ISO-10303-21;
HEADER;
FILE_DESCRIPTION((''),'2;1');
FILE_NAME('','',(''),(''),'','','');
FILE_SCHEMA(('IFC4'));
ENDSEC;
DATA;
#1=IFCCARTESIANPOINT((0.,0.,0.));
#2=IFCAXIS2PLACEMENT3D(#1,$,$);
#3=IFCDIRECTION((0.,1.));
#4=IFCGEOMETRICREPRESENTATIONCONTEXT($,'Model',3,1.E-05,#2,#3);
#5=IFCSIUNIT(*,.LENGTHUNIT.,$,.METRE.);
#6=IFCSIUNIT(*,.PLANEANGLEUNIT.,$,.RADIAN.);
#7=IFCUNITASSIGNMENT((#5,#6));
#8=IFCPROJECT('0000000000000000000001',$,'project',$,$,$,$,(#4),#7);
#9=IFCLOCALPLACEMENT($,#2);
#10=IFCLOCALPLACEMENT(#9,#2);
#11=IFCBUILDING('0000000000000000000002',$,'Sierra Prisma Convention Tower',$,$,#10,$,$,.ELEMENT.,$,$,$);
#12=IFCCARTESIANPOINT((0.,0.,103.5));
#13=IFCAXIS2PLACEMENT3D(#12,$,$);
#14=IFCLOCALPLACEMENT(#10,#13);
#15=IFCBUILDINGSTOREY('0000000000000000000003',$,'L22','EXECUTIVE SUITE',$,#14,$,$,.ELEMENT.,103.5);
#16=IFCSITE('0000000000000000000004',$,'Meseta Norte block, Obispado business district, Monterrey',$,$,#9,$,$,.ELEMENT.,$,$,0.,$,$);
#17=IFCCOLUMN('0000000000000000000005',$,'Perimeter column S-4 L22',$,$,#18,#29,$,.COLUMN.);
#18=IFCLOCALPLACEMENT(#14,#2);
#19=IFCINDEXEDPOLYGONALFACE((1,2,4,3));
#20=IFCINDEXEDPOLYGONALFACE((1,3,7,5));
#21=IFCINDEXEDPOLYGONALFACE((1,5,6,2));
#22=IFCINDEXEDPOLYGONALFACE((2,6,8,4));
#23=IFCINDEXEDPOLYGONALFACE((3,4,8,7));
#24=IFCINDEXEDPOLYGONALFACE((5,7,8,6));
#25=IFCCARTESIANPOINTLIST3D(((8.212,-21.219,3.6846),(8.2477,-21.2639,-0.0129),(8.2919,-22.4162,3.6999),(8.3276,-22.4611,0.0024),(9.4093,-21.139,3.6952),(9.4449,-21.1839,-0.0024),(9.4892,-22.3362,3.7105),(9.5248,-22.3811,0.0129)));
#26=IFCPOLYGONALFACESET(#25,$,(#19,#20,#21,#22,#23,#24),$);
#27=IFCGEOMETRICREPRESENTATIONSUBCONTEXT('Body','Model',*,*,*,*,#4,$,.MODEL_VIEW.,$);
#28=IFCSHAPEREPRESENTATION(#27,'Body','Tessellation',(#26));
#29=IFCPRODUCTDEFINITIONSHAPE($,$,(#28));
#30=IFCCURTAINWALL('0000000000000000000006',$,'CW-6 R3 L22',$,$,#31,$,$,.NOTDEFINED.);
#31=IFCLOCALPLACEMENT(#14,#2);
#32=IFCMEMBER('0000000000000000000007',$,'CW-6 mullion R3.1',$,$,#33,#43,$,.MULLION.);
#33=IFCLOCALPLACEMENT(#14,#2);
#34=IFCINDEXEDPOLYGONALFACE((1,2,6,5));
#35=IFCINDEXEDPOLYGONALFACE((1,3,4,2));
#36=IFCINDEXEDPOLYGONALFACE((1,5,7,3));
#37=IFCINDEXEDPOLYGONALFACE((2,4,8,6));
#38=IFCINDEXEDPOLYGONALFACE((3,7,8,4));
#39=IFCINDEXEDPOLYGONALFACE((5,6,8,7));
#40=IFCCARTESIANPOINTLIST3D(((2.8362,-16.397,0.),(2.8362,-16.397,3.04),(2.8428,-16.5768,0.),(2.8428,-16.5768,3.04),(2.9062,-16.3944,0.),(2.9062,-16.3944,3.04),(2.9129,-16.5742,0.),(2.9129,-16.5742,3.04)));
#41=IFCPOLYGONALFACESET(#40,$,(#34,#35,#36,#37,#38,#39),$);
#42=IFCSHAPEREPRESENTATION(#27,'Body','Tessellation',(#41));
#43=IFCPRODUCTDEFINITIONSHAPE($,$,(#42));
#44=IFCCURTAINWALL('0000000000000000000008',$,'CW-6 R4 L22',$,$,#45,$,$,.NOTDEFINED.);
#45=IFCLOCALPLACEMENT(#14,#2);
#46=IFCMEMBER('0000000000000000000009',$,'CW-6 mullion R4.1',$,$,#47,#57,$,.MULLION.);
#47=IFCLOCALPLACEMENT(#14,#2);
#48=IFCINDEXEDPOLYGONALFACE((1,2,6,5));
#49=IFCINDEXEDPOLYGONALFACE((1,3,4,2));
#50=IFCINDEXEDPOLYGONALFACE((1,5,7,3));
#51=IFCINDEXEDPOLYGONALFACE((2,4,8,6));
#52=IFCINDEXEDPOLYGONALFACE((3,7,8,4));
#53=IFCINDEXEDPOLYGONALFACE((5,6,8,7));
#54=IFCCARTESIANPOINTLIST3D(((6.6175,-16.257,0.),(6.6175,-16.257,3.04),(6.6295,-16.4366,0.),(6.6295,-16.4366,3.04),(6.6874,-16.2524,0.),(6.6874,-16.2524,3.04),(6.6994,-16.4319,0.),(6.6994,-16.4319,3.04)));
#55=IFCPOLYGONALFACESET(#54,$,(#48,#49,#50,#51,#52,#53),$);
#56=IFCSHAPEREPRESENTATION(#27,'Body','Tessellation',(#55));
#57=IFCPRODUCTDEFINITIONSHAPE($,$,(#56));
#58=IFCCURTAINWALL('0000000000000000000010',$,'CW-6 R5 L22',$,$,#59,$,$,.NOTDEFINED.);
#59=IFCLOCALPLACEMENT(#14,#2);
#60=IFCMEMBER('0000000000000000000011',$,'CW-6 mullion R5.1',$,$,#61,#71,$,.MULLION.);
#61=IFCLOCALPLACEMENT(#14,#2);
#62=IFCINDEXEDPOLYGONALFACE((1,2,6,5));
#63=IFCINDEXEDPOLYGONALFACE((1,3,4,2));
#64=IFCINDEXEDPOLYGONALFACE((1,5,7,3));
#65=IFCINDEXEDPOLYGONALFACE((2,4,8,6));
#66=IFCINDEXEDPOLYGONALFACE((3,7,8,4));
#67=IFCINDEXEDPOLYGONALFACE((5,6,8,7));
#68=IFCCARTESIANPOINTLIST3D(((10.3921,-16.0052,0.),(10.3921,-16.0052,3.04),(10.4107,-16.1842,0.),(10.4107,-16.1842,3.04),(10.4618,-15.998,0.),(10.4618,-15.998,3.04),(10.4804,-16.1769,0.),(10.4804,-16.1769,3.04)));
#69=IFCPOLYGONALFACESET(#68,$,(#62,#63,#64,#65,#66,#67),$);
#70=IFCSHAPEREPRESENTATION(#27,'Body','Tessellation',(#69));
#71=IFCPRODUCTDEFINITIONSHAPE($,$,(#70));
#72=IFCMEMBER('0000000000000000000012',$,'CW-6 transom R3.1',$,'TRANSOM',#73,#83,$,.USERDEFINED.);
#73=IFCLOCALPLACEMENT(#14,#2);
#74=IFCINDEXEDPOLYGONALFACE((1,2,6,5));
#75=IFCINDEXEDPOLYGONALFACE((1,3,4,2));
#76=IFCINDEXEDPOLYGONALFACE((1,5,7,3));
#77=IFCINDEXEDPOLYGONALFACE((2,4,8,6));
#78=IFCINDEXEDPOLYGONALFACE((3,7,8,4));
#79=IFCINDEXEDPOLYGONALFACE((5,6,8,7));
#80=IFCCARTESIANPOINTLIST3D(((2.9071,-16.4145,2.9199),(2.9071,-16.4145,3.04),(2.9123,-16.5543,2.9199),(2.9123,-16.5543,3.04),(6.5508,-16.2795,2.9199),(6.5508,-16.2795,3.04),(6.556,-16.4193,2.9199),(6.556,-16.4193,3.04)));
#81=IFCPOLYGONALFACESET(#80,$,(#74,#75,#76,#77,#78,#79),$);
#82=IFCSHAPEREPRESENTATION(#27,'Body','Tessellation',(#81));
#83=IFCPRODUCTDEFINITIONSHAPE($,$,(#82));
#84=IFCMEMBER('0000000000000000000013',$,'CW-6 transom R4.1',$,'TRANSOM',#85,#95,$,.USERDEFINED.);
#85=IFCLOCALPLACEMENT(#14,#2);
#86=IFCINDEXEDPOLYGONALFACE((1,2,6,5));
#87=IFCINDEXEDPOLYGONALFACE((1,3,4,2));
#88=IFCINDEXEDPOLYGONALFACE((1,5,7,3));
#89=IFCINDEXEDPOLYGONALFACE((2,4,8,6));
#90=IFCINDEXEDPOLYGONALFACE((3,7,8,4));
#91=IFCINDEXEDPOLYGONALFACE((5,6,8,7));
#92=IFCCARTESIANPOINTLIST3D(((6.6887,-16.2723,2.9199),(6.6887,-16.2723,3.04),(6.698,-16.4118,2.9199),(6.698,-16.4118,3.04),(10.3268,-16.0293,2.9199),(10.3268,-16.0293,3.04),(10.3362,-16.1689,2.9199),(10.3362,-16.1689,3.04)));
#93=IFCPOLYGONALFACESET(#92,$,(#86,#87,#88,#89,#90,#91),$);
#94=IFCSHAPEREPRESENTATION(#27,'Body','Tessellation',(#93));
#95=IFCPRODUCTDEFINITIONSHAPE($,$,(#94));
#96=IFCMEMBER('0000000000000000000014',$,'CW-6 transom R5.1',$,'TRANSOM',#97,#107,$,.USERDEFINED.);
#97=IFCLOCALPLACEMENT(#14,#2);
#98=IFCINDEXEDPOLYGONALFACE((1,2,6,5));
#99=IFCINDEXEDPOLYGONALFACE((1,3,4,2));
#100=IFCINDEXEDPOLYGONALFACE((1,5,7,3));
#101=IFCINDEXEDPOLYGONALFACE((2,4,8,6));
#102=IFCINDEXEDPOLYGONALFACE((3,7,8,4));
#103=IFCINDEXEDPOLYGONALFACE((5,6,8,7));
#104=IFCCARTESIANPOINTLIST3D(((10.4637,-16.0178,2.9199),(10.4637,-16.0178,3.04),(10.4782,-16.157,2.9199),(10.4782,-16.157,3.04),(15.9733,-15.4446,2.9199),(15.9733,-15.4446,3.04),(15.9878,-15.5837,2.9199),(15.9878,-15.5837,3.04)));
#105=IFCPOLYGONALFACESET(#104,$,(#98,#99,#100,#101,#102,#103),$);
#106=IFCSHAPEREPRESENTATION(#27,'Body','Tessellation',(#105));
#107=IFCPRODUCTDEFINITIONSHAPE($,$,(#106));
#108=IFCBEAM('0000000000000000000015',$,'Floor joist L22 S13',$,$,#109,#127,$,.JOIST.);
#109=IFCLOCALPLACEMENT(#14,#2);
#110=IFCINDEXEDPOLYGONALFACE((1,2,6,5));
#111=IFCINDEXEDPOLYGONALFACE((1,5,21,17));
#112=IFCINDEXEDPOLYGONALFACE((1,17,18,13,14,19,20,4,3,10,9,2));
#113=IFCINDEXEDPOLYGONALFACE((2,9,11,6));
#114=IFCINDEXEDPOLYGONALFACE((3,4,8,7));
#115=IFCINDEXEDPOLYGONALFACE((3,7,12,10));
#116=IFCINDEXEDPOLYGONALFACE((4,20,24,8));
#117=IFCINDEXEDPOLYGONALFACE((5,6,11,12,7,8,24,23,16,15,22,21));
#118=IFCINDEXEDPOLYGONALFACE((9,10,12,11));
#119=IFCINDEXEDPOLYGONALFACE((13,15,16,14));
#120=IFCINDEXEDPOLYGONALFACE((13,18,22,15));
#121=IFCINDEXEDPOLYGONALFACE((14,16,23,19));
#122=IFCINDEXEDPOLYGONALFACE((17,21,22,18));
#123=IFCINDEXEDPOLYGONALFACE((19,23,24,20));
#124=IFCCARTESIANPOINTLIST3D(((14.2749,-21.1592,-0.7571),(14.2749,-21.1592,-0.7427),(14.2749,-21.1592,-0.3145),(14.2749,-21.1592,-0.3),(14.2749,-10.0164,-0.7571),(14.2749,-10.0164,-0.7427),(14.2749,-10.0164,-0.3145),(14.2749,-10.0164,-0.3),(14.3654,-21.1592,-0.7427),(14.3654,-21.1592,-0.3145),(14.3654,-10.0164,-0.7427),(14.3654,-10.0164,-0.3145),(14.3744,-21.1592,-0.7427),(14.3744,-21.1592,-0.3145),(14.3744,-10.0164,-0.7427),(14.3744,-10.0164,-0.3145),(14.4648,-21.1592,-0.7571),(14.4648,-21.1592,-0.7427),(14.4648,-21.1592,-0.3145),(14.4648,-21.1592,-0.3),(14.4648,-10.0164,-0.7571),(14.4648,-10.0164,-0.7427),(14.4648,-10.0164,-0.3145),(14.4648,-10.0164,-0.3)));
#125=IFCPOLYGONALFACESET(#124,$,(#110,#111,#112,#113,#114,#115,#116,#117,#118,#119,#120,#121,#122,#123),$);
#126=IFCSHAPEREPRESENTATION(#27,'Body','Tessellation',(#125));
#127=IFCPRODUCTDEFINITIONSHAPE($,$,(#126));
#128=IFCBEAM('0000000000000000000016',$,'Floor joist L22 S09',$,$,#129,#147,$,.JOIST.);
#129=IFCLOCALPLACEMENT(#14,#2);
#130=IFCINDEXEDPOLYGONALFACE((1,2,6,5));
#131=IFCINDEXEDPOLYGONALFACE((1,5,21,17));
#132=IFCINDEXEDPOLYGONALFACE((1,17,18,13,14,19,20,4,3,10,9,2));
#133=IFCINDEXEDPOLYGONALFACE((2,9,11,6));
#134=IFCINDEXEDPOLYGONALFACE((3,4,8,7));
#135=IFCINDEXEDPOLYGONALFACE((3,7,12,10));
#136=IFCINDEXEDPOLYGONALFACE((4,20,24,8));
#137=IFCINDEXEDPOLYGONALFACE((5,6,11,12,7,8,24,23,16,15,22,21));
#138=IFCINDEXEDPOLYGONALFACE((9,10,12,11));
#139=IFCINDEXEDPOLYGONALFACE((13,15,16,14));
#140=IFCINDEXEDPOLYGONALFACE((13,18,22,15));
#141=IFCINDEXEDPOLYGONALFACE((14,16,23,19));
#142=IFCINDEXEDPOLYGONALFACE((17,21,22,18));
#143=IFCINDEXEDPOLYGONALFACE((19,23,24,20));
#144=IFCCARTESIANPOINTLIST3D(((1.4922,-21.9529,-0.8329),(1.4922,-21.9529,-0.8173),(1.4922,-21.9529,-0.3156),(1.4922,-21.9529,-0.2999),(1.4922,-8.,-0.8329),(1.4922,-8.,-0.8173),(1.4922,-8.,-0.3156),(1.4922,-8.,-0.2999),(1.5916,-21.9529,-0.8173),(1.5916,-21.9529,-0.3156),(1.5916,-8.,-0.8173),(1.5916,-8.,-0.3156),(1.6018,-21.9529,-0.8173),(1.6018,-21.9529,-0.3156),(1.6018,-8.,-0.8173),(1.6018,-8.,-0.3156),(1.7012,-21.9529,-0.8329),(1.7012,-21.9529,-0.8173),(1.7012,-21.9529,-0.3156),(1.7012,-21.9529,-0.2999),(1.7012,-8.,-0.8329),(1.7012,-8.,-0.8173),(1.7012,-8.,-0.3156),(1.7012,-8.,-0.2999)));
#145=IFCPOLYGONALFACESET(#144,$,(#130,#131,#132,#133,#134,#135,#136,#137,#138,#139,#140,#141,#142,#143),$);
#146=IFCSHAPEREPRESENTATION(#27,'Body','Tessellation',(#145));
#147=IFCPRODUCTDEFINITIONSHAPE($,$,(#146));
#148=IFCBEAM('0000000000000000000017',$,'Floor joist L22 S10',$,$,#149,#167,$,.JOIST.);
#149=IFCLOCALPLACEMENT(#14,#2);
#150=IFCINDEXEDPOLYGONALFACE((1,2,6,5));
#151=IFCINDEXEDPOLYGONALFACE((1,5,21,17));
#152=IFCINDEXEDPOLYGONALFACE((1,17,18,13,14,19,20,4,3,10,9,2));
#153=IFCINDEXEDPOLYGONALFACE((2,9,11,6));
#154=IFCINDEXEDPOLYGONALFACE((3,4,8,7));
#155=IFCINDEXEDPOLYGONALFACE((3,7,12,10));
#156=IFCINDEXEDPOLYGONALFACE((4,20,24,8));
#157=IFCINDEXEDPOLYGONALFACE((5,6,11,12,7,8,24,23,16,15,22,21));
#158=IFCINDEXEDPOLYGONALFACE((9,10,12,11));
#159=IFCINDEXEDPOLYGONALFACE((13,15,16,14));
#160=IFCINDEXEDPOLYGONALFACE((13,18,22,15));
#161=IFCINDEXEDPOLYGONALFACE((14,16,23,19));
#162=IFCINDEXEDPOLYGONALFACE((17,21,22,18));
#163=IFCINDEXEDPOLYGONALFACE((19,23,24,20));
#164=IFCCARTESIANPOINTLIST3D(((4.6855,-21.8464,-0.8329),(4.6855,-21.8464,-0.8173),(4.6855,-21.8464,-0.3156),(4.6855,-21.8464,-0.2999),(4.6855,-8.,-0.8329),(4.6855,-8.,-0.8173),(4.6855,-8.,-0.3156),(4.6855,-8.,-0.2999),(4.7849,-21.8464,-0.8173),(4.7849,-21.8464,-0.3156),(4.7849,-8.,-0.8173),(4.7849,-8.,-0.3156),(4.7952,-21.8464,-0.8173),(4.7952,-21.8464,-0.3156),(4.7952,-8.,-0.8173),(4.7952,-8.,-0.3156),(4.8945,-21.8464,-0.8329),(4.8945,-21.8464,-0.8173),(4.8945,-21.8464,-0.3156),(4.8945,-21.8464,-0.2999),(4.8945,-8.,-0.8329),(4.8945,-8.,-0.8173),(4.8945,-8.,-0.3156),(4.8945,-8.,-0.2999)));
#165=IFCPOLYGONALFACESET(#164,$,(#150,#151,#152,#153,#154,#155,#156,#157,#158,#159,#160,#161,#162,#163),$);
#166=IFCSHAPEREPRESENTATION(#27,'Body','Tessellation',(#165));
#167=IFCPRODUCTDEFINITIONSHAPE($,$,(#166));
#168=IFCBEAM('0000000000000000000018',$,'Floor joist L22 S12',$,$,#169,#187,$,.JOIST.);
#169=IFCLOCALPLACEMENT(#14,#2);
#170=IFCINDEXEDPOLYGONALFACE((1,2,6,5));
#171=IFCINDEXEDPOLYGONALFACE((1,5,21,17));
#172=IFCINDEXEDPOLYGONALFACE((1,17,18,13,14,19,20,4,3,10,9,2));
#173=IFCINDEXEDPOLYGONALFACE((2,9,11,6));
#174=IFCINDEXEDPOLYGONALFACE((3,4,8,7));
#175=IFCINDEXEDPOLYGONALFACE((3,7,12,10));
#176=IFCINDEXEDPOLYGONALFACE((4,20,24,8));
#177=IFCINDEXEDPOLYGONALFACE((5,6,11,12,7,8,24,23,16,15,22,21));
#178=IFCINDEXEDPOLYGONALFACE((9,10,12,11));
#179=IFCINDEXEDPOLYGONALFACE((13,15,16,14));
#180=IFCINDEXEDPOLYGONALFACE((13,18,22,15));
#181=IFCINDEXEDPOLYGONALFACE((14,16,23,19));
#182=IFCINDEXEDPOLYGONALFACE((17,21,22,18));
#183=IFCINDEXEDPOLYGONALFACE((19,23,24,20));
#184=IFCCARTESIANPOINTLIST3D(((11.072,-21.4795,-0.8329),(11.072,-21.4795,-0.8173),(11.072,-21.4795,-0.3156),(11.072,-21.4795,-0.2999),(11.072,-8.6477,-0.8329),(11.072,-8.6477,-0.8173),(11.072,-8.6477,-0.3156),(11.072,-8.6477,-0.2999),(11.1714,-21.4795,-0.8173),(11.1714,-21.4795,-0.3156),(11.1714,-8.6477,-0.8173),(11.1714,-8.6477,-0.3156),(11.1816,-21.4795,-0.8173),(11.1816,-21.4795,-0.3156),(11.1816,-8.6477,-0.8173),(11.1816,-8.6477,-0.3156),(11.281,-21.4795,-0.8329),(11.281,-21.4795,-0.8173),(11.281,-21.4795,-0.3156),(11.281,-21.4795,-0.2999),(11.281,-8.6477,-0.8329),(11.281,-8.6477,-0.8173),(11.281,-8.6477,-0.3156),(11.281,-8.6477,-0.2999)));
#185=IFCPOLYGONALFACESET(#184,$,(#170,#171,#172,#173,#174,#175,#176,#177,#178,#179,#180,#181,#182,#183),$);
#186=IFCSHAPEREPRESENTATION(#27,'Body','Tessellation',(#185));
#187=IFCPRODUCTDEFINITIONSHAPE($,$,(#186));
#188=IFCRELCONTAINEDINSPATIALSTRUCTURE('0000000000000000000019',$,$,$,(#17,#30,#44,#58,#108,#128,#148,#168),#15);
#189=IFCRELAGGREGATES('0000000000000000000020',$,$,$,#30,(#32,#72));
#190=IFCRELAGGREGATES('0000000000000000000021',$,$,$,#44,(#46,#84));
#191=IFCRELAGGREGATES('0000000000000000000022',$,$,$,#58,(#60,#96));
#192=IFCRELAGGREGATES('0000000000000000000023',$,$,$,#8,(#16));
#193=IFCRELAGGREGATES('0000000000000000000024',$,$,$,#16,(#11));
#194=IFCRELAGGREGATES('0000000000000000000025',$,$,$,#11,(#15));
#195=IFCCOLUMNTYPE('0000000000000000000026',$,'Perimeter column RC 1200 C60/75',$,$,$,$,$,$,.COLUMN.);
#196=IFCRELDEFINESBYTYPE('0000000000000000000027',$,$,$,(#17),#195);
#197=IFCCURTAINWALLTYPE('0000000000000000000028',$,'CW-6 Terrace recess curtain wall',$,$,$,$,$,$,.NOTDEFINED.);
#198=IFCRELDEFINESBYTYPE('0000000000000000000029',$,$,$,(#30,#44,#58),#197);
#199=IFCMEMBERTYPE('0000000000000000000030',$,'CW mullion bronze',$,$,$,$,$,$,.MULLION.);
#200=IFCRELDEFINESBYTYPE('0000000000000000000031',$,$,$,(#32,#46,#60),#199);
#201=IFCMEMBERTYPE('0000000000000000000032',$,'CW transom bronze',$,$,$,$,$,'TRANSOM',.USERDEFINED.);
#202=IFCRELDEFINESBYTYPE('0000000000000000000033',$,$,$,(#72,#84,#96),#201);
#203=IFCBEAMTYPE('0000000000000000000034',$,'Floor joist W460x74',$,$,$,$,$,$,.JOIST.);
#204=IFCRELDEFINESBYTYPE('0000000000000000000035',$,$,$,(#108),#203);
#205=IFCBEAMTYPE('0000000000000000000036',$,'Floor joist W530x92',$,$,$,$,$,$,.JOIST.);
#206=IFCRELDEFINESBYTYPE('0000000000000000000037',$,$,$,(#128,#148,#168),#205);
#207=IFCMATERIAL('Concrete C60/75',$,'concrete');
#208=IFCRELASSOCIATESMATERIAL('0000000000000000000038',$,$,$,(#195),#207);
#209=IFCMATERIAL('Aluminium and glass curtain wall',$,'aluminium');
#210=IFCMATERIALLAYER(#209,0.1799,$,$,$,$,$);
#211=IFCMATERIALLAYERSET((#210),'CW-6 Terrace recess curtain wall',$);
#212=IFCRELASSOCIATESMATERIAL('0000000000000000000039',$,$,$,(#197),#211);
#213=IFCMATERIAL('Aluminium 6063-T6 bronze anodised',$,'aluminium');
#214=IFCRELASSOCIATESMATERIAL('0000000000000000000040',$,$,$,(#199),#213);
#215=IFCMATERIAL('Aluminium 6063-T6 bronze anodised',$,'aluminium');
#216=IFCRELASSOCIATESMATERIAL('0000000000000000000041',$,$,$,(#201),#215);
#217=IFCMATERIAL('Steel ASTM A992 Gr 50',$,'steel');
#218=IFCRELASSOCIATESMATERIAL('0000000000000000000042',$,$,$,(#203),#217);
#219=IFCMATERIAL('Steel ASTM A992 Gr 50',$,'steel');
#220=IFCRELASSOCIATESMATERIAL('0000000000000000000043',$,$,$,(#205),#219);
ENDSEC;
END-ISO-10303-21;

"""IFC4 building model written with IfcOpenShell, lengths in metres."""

from ifc_helpers import new_model, si_unit, direction, frame, origin, origin_2d, place, context, subcontext, project, spatial, rectangle, i_section, extrude, clip, halfspace, material, layer, layer_set, material_profile, profile_set, type_object, element, aggregate, save


model = new_model("IFC4")

# Units and contexts
model_context = context("Model", 3, precision=1e-05, world=origin(), true_north=direction((0.0, 1.0)))
body_context = subcontext(model_context, "Body", "Model", "MODEL_VIEW")
ifc_project = project(units=[si_unit("LENGTHUNIT", "METRE"), si_unit("PLANEANGLEUNIT", "RADIAN")], contexts=[model_context])

# Site, building, storey
site_placement = place(None, origin())
site = spatial("IfcSite", under=ifc_project, at=site_placement, Name="Meseta Norte block, Obispado business district, Monterrey", CompositionType="ELEMENT", RefElevation=0.0)
building_placement = place(site_placement, origin())
building = spatial("IfcBuilding", under=site, at=building_placement, Name="Sierra Prisma Convention Tower", CompositionType="ELEMENT")
storey_placement = place(building_placement, frame((0.0, 0.0, 103.5)))
storey = spatial("IfcBuildingStorey", under=building, at=storey_placement, Name="L22", Description="EXECUTIVE SUITE", CompositionType="ELEMENT", Elevation=103.5)

# Column
ifc_material_1 = material(Name="Concrete C60/75", Category="concrete")
ifc_material_profile_1 = material_profile(ifc_material_1, rectangle(XDim=1.2, YDim=1.2, at=origin_2d()), Name="Perimeter column RC 1200 C60/75")
ifc_profile_set_1 = profile_set([ifc_material_profile_1], Name="Concrete C60/75")
column_type = type_object("IfcColumnType", Name="Perimeter column RC 1200 C60/75", PredefinedType="COLUMN", material=ifc_profile_set_1)
column_placement = place(storey_placement, frame((8.8862, -21.8225, 0.0), z_axis=(-0.009633, 0.01214, 0.99988), x_axis=(0.997734, 0.066703, 0.008802)))
element("IfcColumn", 1, at=column_placement, inside=storey, type_object=column_type, Name="Perimeter column S-4 L22", PredefinedType="COLUMN", context=body_context, shape_type="SweptSolid", body=[
    clip(extrude(rectangle(XDim=1.2, YDim=1.2, at=origin_2d()), origin(), (0.0, 0.0, 1.0), 3.7004), halfspace(frame((0.0, 0.0, 3.698)), False)),
])

# Curtain walls, members
ifc_material_2 = material(Name="Aluminium and glass curtain wall", Category="aluminium")
ifc_layer_1 = layer(ifc_material_2, 0.1799)
ifc_layer_set_1 = layer_set([ifc_layer_1], Name="CW-6 Terrace recess curtain wall")
curtain_wall_type = type_object("IfcCurtainWallType", Name="CW-6 Terrace recess curtain wall", PredefinedType="NOTDEFINED", material=ifc_layer_set_1)
curtain_wall_1_placement = place(storey_placement, origin())
curtain_wall_1 = element("IfcCurtainWall", 2, at=curtain_wall_1_placement, inside=storey, type_object=curtain_wall_type, Name="CW-6 R3 L22", PredefinedType="NOTDEFINED")
ifc_material_3 = material(Name="Aluminium 6063-T6 bronze anodised", Category="aluminium")
ifc_material_profile_2 = material_profile(ifc_material_3, rectangle(XDim=0.1799, YDim=0.0701, at=origin_2d()), Name="ALU MULLION 70x180")
ifc_profile_set_2 = profile_set([ifc_material_profile_2], Name="Aluminium 6063-T6 bronze anodised")
member_type_1 = type_object("IfcMemberType", Name="CW mullion bronze", PredefinedType="MULLION", material=ifc_profile_set_2)
member_1_placement = place(storey_placement, frame((2.8745, -16.4856, 0.0), z_axis=(0.0, 0.0, 1.0), x_axis=(-0.037013, 0.999315, 0.0)))
member_1 = element("IfcMember", 3, at=member_1_placement, type_object=member_type_1, Name="CW-6 mullion R3.1", PredefinedType="MULLION", context=body_context, shape_type="SweptSolid", body=[
    extrude(rectangle(XDim=0.1799, YDim=0.0701, at=origin_2d()), origin(), (0.0, 0.0, 1.0), 3.04),
])
curtain_wall_2_placement = place(storey_placement, origin())
curtain_wall_2 = element("IfcCurtainWall", 4, at=curtain_wall_2_placement, inside=storey, type_object=curtain_wall_type, Name="CW-6 R4 L22", PredefinedType="NOTDEFINED")
member_2_placement = place(storey_placement, frame((6.6584, -16.3445, 0.0), z_axis=(0.0, 0.0, 1.0), x_axis=(-0.06659, 0.99778, 0.0)))
member_2 = element("IfcMember", 5, at=member_2_placement, type_object=member_type_1, Name="CW-6 mullion R4.1", PredefinedType="MULLION", context=body_context, shape_type="SweptSolid", body=[
    extrude(rectangle(XDim=0.1799, YDim=0.0701, at=origin_2d()), origin(), (0.0, 0.0, 1.0), 3.04),
])
curtain_wall_3_placement = place(storey_placement, origin())
curtain_wall_3 = element("IfcCurtainWall", 6, at=curtain_wall_3_placement, inside=storey, type_object=curtain_wall_type, Name="CW-6 R5 L22", PredefinedType="NOTDEFINED")
member_3_placement = place(storey_placement, frame((10.4363, -16.0911, 0.0), z_axis=(0.0, 0.0, 1.0), x_axis=(-0.103476, 0.994632, 0.0)))
member_3 = element("IfcMember", 7, at=member_3_placement, type_object=member_type_1, Name="CW-6 mullion R5.1", PredefinedType="MULLION", context=body_context, shape_type="SweptSolid", body=[
    extrude(rectangle(XDim=0.1799, YDim=0.0701, at=origin_2d()), origin(), (0.0, 0.0, 1.0), 3.04),
])

# Members
ifc_material_4 = material(Name="Aluminium 6063-T6 bronze anodised", Category="aluminium")
ifc_material_profile_3 = material_profile(ifc_material_4, rectangle(XDim=0.1399, YDim=0.1201, at=origin_2d()), Name="ALU TRANSOM 120x140")
ifc_profile_set_3 = profile_set([ifc_material_profile_3], Name="Aluminium 6063-T6 bronze anodised")
member_type_2 = type_object("IfcMemberType", Name="CW transom bronze", ElementType="TRANSOM", PredefinedType="USERDEFINED", material=ifc_profile_set_3)
member_4_placement = place(storey_placement, frame((2.9097, -16.4844, 2.98), z_axis=(0.999314, 0.037027, 0.0), x_axis=(-0.037027, 0.999314, 0.0)))
member_4 = element("IfcMember", 8, at=member_4_placement, type_object=member_type_2, Name="CW-6 transom R3.1", ObjectType="TRANSOM", PredefinedType="USERDEFINED", context=body_context, shape_type="SweptSolid", body=[
    extrude(rectangle(XDim=0.1399, YDim=0.1201, at=origin_2d()), origin(), (0.0, 0.0, 1.0), 3.6462),
])
member_5_placement = place(storey_placement, frame((6.6934, -16.342, 2.98), z_axis=(0.997778, 0.066621, 0.0), x_axis=(-0.066621, 0.997778, 0.0)))
member_5 = element("IfcMember", 9, at=member_5_placement, type_object=member_type_2, Name="CW-6 transom R4.1", ObjectType="TRANSOM", PredefinedType="USERDEFINED", context=body_context, shape_type="SweptSolid", body=[
    extrude(rectangle(XDim=0.1399, YDim=0.1201, at=origin_2d()), origin(), (0.0, 0.0, 1.0), 3.6462),
])
member_6_placement = place(storey_placement, frame((10.4709, -16.0874, 2.98), z_axis=(0.994631, 0.103487, 0.0), x_axis=(-0.103487, 0.994631, 0.0)))
member_6 = element("IfcMember", 10, at=member_6_placement, type_object=member_type_2, Name="CW-6 transom R5.1", ObjectType="TRANSOM", PredefinedType="USERDEFINED", context=body_context, shape_type="SweptSolid", body=[
    extrude(rectangle(XDim=0.1399, YDim=0.1201, at=origin_2d()), origin(), (0.0, 0.0, 1.0), 5.5393),
])

# Beams
ifc_material_5 = material(Name="Steel ASTM A992 Gr 50", Category="steel")
ifc_material_profile_4 = material_profile(ifc_material_5, i_section(OverallWidth=0.1899, OverallDepth=0.457, WebThickness=0.009, FlangeThickness=0.0144, at=origin_2d()), Name="W460x74")
ifc_profile_set_4 = profile_set([ifc_material_profile_4], Name="Steel ASTM A992 Gr 50")
beam_type_1 = type_object("IfcBeamType", Name="Floor joist W460x74", PredefinedType="JOIST", material=ifc_profile_set_4)
beam_1_placement = place(storey_placement, frame((14.3699, -21.1592, -0.5286), z_axis=(0.0, 1.0, 0.0), x_axis=(-1.0, 0.0, 0.0)))
element("IfcBeam", 11, at=beam_1_placement, inside=storey, type_object=beam_type_1, Name="Floor joist L22 S13", PredefinedType="JOIST", context=body_context, shape_type="SweptSolid", body=[
    extrude(i_section(OverallWidth=0.1899, OverallDepth=0.457, WebThickness=0.009, FlangeThickness=0.0144, at=origin_2d()), origin(), (0.0, 0.0, 1.0), 11.1428),
])
ifc_material_6 = material(Name="Steel ASTM A992 Gr 50", Category="steel")
ifc_material_profile_5 = material_profile(ifc_material_6, i_section(OverallWidth=0.209, OverallDepth=0.533, WebThickness=0.0103, FlangeThickness=0.0156, at=origin_2d()), Name="W530x92")
ifc_profile_set_5 = profile_set([ifc_material_profile_5], Name="Steel ASTM A992 Gr 50")
beam_type_2 = type_object("IfcBeamType", Name="Floor joist W530x92", PredefinedType="JOIST", material=ifc_profile_set_5)
beam_2_placement = place(storey_placement, frame((1.5967, -21.9529, -0.5664), z_axis=(0.0, 1.0, 0.0), x_axis=(-1.0, 0.0, 0.0)))
element("IfcBeam", 12, at=beam_2_placement, inside=storey, type_object=beam_type_2, Name="Floor joist L22 S09", PredefinedType="JOIST", context=body_context, shape_type="SweptSolid", body=[
    extrude(i_section(OverallWidth=0.209, OverallDepth=0.533, WebThickness=0.0103, FlangeThickness=0.0156, at=origin_2d()), origin(), (0.0, 0.0, 1.0), 13.9529),
])
beam_3_placement = place(storey_placement, frame((4.79, -21.8464, -0.5664), z_axis=(0.0, 1.0, 0.0), x_axis=(-1.0, 0.0, 0.0)))
element("IfcBeam", 13, at=beam_3_placement, inside=storey, type_object=beam_type_2, Name="Floor joist L22 S10", PredefinedType="JOIST", context=body_context, shape_type="SweptSolid", body=[
    extrude(i_section(OverallWidth=0.209, OverallDepth=0.533, WebThickness=0.0103, FlangeThickness=0.0156, at=origin_2d()), origin(), (0.0, 0.0, 1.0), 13.8464),
])
beam_4_placement = place(storey_placement, frame((11.1765, -21.4795, -0.5664), z_axis=(0.0, 1.0, 0.0), x_axis=(-1.0, 0.0, 0.0)))
element("IfcBeam", 14, at=beam_4_placement, inside=storey, type_object=beam_type_2, Name="Floor joist L22 S12", PredefinedType="JOIST", context=body_context, shape_type="SweptSolid", body=[
    extrude(i_section(OverallWidth=0.209, OverallDepth=0.533, WebThickness=0.0103, FlangeThickness=0.0156, at=origin_2d()), origin(), (0.0, 0.0, 1.0), 12.8318),
])

aggregate(curtain_wall_1, [member_1, member_4])
aggregate(curtain_wall_2, [member_2, member_5])
aggregate(curtain_wall_3, [member_3, member_6])

save(model, "model.ifc")
